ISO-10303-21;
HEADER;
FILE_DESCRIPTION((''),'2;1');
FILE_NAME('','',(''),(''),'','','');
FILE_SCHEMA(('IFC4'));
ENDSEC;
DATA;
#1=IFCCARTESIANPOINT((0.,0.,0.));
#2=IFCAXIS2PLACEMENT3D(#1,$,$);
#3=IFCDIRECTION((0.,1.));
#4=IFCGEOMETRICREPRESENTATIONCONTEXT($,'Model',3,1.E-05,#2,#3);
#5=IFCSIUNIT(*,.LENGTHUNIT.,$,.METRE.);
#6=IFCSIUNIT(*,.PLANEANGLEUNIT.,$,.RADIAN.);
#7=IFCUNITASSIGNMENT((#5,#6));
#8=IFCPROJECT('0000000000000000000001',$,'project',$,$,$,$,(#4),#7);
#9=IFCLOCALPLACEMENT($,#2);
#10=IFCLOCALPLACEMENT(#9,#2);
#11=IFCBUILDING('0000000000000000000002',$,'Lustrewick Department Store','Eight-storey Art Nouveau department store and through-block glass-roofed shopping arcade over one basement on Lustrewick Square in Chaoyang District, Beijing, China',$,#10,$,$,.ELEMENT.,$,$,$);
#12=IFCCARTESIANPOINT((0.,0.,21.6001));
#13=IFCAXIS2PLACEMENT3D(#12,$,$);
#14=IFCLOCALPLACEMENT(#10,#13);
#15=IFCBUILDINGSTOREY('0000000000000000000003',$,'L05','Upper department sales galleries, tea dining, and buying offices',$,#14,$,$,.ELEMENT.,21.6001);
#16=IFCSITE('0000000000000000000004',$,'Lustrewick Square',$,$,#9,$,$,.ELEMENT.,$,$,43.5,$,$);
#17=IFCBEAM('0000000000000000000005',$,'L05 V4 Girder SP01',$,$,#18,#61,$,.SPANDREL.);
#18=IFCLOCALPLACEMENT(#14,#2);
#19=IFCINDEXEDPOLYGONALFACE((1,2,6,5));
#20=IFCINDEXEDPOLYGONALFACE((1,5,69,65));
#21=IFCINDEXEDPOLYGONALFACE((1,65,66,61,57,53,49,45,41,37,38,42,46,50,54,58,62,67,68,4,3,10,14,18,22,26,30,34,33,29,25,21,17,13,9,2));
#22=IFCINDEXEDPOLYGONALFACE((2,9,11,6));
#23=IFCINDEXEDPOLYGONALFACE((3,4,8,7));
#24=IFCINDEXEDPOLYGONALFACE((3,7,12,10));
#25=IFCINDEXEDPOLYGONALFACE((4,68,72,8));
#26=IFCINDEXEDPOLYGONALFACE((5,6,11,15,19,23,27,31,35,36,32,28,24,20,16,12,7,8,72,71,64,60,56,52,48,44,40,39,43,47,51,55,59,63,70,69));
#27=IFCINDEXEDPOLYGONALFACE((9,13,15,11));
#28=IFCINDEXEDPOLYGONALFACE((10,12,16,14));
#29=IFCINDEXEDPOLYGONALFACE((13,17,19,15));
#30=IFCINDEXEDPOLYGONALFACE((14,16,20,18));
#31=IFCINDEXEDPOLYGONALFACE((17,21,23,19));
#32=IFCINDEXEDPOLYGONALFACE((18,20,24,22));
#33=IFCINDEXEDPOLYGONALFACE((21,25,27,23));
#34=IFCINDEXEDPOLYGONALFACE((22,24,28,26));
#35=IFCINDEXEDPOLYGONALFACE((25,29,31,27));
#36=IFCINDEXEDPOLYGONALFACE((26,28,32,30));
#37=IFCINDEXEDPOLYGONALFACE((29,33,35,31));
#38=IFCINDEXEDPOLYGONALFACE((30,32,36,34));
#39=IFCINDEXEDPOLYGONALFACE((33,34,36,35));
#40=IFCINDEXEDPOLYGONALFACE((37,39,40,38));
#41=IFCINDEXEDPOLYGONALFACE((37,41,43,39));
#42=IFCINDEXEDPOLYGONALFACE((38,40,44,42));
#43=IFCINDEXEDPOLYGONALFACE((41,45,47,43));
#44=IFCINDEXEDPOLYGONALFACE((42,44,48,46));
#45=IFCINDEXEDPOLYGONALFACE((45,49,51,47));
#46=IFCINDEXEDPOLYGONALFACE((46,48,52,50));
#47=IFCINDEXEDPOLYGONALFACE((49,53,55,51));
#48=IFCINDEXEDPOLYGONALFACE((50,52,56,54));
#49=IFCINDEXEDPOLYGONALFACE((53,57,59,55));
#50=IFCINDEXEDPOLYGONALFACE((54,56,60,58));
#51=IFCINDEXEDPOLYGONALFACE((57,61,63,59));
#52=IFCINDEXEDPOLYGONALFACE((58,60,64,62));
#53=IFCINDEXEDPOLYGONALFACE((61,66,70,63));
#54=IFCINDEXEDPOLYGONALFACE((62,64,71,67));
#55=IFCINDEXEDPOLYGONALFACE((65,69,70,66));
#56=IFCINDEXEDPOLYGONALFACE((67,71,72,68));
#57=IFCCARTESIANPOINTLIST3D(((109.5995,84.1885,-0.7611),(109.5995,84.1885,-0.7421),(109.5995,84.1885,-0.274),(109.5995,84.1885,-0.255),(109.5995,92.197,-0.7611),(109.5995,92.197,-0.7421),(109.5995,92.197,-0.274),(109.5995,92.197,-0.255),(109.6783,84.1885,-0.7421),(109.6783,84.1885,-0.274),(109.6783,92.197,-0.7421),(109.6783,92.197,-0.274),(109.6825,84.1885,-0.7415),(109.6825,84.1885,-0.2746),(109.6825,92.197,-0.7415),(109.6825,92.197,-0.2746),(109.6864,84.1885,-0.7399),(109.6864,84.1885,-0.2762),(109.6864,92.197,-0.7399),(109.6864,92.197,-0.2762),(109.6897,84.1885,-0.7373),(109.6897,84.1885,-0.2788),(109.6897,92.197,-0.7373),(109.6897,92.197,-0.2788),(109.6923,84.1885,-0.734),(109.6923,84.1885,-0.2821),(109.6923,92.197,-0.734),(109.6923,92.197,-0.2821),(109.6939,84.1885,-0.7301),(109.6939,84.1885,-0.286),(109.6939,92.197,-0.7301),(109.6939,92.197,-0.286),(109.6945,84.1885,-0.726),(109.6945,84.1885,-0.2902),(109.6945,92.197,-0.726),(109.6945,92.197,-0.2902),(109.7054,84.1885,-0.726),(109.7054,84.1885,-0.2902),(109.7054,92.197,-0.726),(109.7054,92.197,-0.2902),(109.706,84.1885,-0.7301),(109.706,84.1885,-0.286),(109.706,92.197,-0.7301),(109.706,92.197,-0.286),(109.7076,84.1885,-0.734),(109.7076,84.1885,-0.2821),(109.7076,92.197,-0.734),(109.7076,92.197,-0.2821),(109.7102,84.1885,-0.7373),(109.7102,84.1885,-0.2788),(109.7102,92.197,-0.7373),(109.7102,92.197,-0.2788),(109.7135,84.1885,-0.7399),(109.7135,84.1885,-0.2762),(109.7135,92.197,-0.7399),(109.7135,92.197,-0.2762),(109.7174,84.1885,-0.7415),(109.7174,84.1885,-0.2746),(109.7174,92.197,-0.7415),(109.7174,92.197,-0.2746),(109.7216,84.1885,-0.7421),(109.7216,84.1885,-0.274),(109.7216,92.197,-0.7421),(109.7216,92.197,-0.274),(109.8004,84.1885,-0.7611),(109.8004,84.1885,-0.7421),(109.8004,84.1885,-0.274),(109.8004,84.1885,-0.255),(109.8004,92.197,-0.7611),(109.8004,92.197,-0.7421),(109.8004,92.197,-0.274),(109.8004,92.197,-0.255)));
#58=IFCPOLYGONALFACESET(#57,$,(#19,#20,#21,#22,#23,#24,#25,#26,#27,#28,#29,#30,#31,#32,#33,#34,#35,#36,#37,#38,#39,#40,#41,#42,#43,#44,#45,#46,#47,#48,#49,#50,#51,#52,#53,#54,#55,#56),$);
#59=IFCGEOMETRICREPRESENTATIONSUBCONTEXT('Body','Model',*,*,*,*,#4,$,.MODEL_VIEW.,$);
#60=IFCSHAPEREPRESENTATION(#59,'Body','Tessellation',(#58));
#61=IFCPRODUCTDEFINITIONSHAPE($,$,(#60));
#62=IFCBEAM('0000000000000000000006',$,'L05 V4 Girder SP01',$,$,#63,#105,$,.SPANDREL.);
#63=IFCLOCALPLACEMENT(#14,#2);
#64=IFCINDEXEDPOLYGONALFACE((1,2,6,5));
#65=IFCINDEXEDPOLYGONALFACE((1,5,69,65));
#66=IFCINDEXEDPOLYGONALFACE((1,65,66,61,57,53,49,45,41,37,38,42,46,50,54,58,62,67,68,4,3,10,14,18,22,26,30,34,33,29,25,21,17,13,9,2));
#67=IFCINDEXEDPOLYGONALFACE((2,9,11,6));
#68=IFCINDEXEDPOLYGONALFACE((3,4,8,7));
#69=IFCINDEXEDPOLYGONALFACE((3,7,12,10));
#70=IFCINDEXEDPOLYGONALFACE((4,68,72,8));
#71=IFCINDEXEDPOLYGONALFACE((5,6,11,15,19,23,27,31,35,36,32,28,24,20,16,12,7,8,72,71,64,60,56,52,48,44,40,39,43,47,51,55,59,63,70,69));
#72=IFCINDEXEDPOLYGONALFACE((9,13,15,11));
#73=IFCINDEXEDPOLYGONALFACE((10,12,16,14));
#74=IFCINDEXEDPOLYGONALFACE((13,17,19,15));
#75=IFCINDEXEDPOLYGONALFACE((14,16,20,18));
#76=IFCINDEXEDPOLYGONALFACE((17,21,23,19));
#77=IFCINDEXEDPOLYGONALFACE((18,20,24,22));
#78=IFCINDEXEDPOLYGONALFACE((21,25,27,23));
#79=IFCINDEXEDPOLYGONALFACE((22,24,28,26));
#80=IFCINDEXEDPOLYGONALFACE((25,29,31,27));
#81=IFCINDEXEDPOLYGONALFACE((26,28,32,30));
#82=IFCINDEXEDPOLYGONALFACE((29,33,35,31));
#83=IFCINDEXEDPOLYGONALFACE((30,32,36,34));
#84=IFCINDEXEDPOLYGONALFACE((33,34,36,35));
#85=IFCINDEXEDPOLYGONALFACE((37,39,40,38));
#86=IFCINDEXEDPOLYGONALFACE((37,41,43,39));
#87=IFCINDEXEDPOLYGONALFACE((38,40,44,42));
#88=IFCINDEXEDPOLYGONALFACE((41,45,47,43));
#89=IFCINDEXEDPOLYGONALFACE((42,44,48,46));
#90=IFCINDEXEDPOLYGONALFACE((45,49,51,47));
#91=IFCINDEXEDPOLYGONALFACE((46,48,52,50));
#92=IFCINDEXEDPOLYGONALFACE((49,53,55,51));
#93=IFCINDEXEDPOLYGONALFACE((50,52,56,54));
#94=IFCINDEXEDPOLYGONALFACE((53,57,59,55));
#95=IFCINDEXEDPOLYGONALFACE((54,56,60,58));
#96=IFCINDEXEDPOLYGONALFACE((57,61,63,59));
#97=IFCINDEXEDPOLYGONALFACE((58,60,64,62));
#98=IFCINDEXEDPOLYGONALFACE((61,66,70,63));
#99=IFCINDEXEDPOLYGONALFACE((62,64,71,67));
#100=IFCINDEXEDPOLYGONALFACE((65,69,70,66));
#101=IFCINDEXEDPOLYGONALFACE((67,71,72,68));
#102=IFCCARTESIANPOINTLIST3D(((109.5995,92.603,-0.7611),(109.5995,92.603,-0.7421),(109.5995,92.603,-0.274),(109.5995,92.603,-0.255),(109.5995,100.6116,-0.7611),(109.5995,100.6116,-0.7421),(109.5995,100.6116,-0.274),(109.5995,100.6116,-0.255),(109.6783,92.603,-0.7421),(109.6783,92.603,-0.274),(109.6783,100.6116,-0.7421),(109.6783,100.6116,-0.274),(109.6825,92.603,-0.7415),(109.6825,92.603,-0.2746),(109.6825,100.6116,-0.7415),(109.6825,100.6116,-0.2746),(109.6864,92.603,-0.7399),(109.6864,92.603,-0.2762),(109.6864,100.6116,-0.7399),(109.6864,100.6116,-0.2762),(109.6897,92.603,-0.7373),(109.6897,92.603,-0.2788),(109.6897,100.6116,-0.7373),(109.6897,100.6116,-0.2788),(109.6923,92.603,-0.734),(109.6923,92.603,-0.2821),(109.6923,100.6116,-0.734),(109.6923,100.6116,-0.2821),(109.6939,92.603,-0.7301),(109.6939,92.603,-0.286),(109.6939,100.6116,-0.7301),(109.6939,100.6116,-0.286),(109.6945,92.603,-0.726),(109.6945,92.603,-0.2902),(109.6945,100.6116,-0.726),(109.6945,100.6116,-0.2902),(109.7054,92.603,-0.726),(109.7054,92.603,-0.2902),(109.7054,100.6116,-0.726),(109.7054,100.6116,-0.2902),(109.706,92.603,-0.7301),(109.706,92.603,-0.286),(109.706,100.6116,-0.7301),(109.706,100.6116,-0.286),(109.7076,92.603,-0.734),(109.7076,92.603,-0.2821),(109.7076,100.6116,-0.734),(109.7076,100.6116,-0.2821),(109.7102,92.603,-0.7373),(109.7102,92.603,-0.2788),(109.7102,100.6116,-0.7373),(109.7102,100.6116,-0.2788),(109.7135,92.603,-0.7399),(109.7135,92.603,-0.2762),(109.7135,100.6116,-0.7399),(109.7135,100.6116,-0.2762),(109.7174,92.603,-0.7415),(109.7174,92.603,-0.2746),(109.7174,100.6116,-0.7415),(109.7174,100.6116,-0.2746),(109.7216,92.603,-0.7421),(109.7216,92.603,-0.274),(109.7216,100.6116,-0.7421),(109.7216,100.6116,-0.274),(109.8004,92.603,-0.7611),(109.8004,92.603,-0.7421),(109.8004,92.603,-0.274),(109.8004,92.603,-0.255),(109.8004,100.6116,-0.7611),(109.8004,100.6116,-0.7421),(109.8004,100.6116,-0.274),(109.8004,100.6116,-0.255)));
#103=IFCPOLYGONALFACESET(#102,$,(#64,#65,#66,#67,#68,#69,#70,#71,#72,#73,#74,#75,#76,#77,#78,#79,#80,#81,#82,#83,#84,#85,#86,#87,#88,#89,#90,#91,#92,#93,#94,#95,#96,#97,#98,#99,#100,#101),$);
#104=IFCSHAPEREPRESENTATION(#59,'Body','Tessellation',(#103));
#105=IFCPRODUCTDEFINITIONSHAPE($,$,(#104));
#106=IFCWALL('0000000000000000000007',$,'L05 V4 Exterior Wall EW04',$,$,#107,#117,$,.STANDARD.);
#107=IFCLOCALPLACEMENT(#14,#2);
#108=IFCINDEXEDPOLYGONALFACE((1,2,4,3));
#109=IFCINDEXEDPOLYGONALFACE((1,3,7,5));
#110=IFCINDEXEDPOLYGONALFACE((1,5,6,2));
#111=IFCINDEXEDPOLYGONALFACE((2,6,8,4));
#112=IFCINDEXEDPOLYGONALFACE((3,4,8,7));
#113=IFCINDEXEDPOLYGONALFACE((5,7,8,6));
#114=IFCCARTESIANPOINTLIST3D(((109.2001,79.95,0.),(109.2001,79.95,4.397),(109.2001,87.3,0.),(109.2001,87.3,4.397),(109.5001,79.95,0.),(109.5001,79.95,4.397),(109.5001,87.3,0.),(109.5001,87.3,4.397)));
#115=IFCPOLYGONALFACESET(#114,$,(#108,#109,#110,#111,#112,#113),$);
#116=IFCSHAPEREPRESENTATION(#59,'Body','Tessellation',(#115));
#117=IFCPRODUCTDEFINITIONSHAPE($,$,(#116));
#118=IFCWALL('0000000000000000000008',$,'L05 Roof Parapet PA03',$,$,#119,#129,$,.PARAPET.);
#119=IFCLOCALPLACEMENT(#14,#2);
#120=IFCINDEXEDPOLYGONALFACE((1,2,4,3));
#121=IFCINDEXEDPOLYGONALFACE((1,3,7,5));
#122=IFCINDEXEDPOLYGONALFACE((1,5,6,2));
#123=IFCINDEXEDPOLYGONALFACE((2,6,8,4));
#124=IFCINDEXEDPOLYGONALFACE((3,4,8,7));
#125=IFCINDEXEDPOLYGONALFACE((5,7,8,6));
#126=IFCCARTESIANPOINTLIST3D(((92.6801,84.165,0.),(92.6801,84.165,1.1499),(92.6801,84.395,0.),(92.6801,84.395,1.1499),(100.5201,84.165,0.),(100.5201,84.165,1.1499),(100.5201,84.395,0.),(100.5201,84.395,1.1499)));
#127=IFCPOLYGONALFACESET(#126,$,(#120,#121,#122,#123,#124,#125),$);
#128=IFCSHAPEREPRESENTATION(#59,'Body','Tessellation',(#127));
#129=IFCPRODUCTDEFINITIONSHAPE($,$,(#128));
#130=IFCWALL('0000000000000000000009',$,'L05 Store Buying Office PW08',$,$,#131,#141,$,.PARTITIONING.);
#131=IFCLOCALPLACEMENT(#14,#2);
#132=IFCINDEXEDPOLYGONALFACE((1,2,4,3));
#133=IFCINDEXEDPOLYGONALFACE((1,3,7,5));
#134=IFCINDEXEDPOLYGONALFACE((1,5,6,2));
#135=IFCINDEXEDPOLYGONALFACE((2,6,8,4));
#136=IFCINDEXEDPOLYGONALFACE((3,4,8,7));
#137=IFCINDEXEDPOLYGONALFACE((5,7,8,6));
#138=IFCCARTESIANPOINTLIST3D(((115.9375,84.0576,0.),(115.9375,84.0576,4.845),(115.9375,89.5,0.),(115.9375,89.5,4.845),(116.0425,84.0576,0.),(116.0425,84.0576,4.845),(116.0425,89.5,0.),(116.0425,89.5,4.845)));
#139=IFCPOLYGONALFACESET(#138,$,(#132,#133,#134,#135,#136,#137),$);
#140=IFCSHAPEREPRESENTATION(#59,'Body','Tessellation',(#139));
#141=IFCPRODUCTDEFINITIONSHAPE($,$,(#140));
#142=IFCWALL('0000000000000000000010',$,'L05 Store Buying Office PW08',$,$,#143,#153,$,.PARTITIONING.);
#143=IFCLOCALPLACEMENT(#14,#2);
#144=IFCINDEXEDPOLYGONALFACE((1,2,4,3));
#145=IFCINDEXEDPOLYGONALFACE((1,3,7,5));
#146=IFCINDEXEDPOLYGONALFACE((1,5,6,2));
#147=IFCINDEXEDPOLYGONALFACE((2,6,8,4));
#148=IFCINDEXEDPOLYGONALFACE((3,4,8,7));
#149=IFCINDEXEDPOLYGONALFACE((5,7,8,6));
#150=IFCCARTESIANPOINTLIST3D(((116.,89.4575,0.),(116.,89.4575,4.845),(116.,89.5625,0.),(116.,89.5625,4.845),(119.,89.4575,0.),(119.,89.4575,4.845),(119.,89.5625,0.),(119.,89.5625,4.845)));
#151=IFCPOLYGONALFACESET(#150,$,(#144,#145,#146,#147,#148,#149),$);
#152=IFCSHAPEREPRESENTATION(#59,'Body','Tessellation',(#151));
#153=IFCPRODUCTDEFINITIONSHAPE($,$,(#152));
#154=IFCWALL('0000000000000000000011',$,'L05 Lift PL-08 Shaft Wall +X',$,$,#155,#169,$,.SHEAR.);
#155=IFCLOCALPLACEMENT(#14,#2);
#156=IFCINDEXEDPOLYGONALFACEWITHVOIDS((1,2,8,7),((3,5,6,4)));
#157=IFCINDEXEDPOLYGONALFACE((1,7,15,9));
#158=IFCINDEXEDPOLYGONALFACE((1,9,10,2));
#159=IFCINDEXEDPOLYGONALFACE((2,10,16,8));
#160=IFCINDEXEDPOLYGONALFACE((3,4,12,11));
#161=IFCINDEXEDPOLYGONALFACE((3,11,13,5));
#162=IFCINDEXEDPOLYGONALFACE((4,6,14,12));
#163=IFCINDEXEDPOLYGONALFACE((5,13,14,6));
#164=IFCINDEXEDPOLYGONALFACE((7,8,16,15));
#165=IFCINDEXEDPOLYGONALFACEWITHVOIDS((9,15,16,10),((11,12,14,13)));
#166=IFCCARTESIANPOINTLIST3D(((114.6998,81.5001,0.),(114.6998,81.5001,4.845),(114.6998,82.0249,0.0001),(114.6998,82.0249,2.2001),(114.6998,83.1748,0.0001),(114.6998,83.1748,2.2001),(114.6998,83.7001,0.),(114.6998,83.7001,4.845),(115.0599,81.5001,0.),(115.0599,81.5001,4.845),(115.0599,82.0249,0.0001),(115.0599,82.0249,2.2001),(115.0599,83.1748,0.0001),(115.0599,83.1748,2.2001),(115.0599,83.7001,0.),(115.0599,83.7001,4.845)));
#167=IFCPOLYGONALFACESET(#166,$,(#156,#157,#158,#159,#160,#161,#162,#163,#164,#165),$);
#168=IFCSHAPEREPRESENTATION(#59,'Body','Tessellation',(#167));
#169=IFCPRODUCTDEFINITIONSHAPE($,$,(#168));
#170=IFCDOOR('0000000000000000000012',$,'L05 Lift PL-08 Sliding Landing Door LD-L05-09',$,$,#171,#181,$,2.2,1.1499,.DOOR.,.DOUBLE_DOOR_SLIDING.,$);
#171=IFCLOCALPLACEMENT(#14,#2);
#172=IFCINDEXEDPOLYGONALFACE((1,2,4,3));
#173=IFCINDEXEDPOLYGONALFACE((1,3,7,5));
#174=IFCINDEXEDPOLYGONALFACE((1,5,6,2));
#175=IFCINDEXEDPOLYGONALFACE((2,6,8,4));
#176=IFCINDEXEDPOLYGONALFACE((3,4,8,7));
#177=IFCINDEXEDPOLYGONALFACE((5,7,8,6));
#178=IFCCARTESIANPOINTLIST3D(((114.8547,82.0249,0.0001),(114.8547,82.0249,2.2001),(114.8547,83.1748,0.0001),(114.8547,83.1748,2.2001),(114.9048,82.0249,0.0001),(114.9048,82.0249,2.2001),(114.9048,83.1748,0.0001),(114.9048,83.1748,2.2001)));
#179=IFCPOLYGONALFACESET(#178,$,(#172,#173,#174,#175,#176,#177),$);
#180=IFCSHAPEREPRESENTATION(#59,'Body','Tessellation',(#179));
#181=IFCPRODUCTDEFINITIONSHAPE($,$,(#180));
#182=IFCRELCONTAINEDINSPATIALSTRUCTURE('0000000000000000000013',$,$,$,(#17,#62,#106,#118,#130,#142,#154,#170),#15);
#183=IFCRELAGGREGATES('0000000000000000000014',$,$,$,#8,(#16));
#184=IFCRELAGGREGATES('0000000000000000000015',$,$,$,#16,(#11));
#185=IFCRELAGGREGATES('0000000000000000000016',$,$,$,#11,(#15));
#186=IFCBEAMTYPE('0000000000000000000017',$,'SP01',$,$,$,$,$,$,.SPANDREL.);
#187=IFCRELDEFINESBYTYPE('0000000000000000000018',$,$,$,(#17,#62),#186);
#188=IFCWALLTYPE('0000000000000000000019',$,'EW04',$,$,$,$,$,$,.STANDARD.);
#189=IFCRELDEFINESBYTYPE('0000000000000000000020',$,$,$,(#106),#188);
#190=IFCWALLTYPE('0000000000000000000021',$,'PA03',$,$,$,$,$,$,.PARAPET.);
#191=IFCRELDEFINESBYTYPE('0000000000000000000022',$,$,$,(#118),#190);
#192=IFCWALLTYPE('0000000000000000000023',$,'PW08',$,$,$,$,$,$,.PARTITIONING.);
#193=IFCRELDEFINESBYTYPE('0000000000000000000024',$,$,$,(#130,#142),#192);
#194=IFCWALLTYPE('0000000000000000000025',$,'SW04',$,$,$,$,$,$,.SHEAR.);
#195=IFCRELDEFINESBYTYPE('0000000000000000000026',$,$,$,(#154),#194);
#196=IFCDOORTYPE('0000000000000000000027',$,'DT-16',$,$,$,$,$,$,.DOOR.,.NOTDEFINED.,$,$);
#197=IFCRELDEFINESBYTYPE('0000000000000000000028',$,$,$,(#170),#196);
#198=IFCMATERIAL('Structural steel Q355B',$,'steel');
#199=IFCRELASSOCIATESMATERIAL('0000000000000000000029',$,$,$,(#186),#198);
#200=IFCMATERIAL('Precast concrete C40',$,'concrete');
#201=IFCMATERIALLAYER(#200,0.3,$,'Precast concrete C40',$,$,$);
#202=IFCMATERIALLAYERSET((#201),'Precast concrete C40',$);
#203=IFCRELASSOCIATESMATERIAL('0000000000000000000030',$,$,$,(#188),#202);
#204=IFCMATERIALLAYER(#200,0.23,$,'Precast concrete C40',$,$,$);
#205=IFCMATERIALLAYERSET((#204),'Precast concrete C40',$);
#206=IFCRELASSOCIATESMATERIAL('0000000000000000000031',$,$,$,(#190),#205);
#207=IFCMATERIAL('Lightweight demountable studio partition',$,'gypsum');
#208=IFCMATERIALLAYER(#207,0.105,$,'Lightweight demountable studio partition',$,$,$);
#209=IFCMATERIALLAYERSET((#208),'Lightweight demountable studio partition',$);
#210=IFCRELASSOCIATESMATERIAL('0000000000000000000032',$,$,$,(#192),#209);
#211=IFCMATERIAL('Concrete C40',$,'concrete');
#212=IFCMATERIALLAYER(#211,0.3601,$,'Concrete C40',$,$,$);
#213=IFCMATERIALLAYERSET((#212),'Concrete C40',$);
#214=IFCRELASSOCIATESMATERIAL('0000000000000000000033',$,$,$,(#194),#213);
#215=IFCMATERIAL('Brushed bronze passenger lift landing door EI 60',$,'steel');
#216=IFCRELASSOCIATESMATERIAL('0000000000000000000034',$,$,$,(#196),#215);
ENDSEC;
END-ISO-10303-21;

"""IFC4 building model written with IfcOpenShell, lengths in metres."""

from ifc_helpers import new_model, si_unit, direction, frame, frame_2d, origin, origin_2d, place, context, subcontext, project, spatial, rectangle, i_section, extrude, material, layer, layer_set, material_profile, profile_set, type_object, element, fill, save


model = new_model("IFC4")

# Units and contexts
model_context = context("Model", 3, precision=1e-05, world=origin(), true_north=direction((0.0, 1.0)))
body_context = subcontext(model_context, "Body", "Model", "MODEL_VIEW")
ifc_project = project(units=[si_unit("LENGTHUNIT", "METRE"), si_unit("PLANEANGLEUNIT", "RADIAN")], contexts=[model_context])

# Site, building, storey
site_placement = place(None, origin())
site = spatial("IfcSite", under=ifc_project, at=site_placement, Name="Lustrewick Square", CompositionType="ELEMENT", RefElevation=43.5)
building_placement = place(site_placement, origin())
building = spatial("IfcBuilding", under=site, at=building_placement, Name="Lustrewick Department Store", Description="Eight-storey Art Nouveau department store and through-block glass-roofed shopping arcade over one basement on Lustrewick Square in Chaoyang District, Beijing, China", CompositionType="ELEMENT")
storey_placement = place(building_placement, frame((0.0, 0.0, 21.6001)))
storey = spatial("IfcBuildingStorey", under=building, at=storey_placement, Name="L05", Description="Upper department sales galleries, tea dining, and buying offices", CompositionType="ELEMENT", Elevation=21.6001)

# Shared definitions
ifc_material_1 = material(Name="Structural steel Q355B", Category="steel")

# Beams
ifc_material_profile_1 = material_profile(ifc_material_1, i_section(OverallWidth=0.2009, OverallDepth=0.5061, WebThickness=0.011, FlangeThickness=0.019, FilletRadius=0.0161, at=origin_2d()), Name="HN 506x201x11x19")
ifc_profile_set_1 = profile_set([ifc_material_profile_1], Name="Structural steel Q355B")
beam_type_1 = type_object("IfcBeamType", Name="SP01", PredefinedType="SPANDREL", material=ifc_profile_set_1)
for number, where, z_axis, x_axis, name in (
    (1, (109.7, 84.1885, -0.5081), (0.0, 1.0, 0.0), (-1.0, 0.0, 0.0), "L05 V4 Girder SP01"),
    (2, (109.7, 92.603, -0.5081), (0.0, 1.0, 0.0), (-1.0, 0.0, 0.0), "L05 V4 Girder SP01"),
):
    element("IfcBeam", number, at=place(storey_placement, frame(where, z_axis=z_axis, x_axis=x_axis)), inside=storey, type_object=beam_type_1, Name=name, PredefinedType="SPANDREL", context=body_context, shape_type="SweptSolid", body=[
        extrude(i_section(OverallWidth=0.2009, OverallDepth=0.5061, WebThickness=0.011, FlangeThickness=0.019, FilletRadius=0.0161, at=origin_2d()), origin(), (0.0, 0.0, 1.0), 8.0085),
    ])

# Walls
ifc_material_2 = material(Name="Precast concrete C40", Category="concrete")
ifc_layer_1 = layer(ifc_material_2, 0.3, Name="Precast concrete C40")
ifc_layer_set_1 = layer_set([ifc_layer_1], Name="Precast concrete C40")
wall_type_1 = type_object("IfcWallType", Name="EW04", PredefinedType="STANDARD", material=ifc_layer_set_1)
wall_1_placement = place(storey_placement, frame((109.3501, 87.3, 0.0), z_axis=(0.0, 0.0, 1.0), x_axis=(0.0, -1.0, 0.0)))
element("IfcWall", 3, at=wall_1_placement, inside=storey, type_object=wall_type_1, Name="L05 V4 Exterior Wall EW04", PredefinedType="STANDARD", context=body_context, shape_type="SweptSolid", body=[
    extrude(rectangle(XDim=7.3501, YDim=0.3, at=frame_2d((3.675, 0.0))), origin(), (0.0, 0.0, 1.0), 4.397),
])
ifc_layer_2 = layer(ifc_material_2, 0.23, Name="Precast concrete C40")
ifc_layer_set_2 = layer_set([ifc_layer_2], Name="Precast concrete C40")
wall_type_2 = type_object("IfcWallType", Name="PA03", PredefinedType="PARAPET", material=ifc_layer_set_2)
wall_2_placement = place(storey_placement, frame((100.52, 84.28, 0.0), z_axis=(0.0, 0.0, 1.0), x_axis=(-1.0, 0.0, 0.0)))
element("IfcWall", 4, at=wall_2_placement, inside=storey, type_object=wall_type_2, Name="L05 Roof Parapet PA03", PredefinedType="PARAPET", context=body_context, shape_type="SweptSolid", body=[
    extrude(rectangle(XDim=7.8401, YDim=0.23, at=frame_2d((3.9199, 0.0))), origin(), (0.0, 0.0, 1.0), 1.1499),
])
ifc_material_3 = material(Name="Lightweight demountable studio partition", Category="gypsum")
ifc_layer_3 = layer(ifc_material_3, 0.105, Name="Lightweight demountable studio partition")
ifc_layer_set_3 = layer_set([ifc_layer_3], Name="Lightweight demountable studio partition")
wall_type_3 = type_object("IfcWallType", Name="PW08", PredefinedType="PARTITIONING", material=ifc_layer_set_3)
wall_3_placement = place(storey_placement, frame((115.99, 84.0576, 0.0), z_axis=(0.0, 0.0, 1.0), x_axis=(0.0, 1.0, 0.0)))
element("IfcWall", 5, at=wall_3_placement, inside=storey, type_object=wall_type_3, Name="L05 Store Buying Office PW08", PredefinedType="PARTITIONING", context=body_context, shape_type="SweptSolid", body=[
    extrude(rectangle(XDim=5.4424, YDim=0.105, at=frame_2d((2.7212, 0.0))), origin(), (0.0, 0.0, 1.0), 4.845),
])
wall_4_placement = place(storey_placement, frame((116.0, 89.51, 0.0), z_axis=(0.0, 0.0, 1.0), x_axis=(1.0, 0.0, 0.0)))
element("IfcWall", 6, at=wall_4_placement, inside=storey, type_object=wall_type_3, Name="L05 Store Buying Office PW08", PredefinedType="PARTITIONING", context=body_context, shape_type="SweptSolid", body=[
    extrude(rectangle(XDim=3.0, YDim=0.105, at=frame_2d((1.5, 0.0))), origin(), (0.0, 0.0, 1.0), 4.845),
])

# Wall, opening, door
ifc_material_4 = material(Name="Concrete C40", Category="concrete")
ifc_layer_4 = layer(ifc_material_4, 0.3601, Name="Concrete C40")
ifc_layer_set_4 = layer_set([ifc_layer_4], Name="Concrete C40")
wall_type_4 = type_object("IfcWallType", Name="SW04", PredefinedType="SHEAR", material=ifc_layer_set_4)
wall_5_placement = place(storey_placement, frame((114.8799, 81.5, 0.0), z_axis=(0.0, 0.0, 1.0), x_axis=(0.0, 1.0, 0.0)))
wall_5 = element("IfcWall", 7, at=wall_5_placement, inside=storey, type_object=wall_type_4, Name="L05 Lift PL-08 Shaft Wall +X", PredefinedType="SHEAR", context=body_context, shape_type="SweptSolid", body=[
    extrude(rectangle(XDim=2.2, YDim=0.3601, at=frame_2d((1.1001, 0.0))), origin(), (0.0, 0.0, 1.0), 4.845),
])
opening_placement = place(wall_5_placement, frame((0.5249, 0.0, 0.0)))
opening = element("IfcOpeningElement", 8, at=opening_placement, cuts=wall_5, PredefinedType="OPENING", context=body_context, shape_type="SweptSolid", body=[
    extrude(rectangle(XDim=1.1499, YDim=2.2, at=frame_2d((0.575, 1.1001))), frame((0.0, 0.1899, 0.0), z_axis=(0.0, -1.0, 0.0), x_axis=(1.0, 0.0, 0.0)), (0.0, 0.0, 1.0), 0.3801),
])
ifc_material_5 = material(Name="Brushed bronze passenger lift landing door EI 60", Category="steel")
door_type = type_object("IfcDoorType", Name="DT-16", OperationType="NOTDEFINED", PredefinedType="DOOR", material=ifc_material_5)
door_placement = place(opening_placement, frame((1.1499, 0.0, 0.0), z_axis=(0.0, 0.0, 1.0), x_axis=(-1.0, 0.0, 0.0)))
door = element("IfcDoor", 9, at=door_placement, inside=storey, type_object=door_type, Name="L05 Lift PL-08 Sliding Landing Door LD-L05-09", OperationType="DOUBLE_DOOR_SLIDING", OverallHeight=2.2, OverallWidth=1.1499, PredefinedType="DOOR", context=body_context, shape_type="SweptSolid", body=[
    extrude(rectangle(XDim=1.1499, YDim=2.2, at=frame_2d((0.575, 1.1001))), frame((0.0, 0.0249, 0.0), z_axis=(0.0, -1.0, 0.0), x_axis=(1.0, 0.0, 0.0)), (0.0, 0.0, 1.0), 0.05),
])
fill(opening, door)

save(model, "model.ifc")
